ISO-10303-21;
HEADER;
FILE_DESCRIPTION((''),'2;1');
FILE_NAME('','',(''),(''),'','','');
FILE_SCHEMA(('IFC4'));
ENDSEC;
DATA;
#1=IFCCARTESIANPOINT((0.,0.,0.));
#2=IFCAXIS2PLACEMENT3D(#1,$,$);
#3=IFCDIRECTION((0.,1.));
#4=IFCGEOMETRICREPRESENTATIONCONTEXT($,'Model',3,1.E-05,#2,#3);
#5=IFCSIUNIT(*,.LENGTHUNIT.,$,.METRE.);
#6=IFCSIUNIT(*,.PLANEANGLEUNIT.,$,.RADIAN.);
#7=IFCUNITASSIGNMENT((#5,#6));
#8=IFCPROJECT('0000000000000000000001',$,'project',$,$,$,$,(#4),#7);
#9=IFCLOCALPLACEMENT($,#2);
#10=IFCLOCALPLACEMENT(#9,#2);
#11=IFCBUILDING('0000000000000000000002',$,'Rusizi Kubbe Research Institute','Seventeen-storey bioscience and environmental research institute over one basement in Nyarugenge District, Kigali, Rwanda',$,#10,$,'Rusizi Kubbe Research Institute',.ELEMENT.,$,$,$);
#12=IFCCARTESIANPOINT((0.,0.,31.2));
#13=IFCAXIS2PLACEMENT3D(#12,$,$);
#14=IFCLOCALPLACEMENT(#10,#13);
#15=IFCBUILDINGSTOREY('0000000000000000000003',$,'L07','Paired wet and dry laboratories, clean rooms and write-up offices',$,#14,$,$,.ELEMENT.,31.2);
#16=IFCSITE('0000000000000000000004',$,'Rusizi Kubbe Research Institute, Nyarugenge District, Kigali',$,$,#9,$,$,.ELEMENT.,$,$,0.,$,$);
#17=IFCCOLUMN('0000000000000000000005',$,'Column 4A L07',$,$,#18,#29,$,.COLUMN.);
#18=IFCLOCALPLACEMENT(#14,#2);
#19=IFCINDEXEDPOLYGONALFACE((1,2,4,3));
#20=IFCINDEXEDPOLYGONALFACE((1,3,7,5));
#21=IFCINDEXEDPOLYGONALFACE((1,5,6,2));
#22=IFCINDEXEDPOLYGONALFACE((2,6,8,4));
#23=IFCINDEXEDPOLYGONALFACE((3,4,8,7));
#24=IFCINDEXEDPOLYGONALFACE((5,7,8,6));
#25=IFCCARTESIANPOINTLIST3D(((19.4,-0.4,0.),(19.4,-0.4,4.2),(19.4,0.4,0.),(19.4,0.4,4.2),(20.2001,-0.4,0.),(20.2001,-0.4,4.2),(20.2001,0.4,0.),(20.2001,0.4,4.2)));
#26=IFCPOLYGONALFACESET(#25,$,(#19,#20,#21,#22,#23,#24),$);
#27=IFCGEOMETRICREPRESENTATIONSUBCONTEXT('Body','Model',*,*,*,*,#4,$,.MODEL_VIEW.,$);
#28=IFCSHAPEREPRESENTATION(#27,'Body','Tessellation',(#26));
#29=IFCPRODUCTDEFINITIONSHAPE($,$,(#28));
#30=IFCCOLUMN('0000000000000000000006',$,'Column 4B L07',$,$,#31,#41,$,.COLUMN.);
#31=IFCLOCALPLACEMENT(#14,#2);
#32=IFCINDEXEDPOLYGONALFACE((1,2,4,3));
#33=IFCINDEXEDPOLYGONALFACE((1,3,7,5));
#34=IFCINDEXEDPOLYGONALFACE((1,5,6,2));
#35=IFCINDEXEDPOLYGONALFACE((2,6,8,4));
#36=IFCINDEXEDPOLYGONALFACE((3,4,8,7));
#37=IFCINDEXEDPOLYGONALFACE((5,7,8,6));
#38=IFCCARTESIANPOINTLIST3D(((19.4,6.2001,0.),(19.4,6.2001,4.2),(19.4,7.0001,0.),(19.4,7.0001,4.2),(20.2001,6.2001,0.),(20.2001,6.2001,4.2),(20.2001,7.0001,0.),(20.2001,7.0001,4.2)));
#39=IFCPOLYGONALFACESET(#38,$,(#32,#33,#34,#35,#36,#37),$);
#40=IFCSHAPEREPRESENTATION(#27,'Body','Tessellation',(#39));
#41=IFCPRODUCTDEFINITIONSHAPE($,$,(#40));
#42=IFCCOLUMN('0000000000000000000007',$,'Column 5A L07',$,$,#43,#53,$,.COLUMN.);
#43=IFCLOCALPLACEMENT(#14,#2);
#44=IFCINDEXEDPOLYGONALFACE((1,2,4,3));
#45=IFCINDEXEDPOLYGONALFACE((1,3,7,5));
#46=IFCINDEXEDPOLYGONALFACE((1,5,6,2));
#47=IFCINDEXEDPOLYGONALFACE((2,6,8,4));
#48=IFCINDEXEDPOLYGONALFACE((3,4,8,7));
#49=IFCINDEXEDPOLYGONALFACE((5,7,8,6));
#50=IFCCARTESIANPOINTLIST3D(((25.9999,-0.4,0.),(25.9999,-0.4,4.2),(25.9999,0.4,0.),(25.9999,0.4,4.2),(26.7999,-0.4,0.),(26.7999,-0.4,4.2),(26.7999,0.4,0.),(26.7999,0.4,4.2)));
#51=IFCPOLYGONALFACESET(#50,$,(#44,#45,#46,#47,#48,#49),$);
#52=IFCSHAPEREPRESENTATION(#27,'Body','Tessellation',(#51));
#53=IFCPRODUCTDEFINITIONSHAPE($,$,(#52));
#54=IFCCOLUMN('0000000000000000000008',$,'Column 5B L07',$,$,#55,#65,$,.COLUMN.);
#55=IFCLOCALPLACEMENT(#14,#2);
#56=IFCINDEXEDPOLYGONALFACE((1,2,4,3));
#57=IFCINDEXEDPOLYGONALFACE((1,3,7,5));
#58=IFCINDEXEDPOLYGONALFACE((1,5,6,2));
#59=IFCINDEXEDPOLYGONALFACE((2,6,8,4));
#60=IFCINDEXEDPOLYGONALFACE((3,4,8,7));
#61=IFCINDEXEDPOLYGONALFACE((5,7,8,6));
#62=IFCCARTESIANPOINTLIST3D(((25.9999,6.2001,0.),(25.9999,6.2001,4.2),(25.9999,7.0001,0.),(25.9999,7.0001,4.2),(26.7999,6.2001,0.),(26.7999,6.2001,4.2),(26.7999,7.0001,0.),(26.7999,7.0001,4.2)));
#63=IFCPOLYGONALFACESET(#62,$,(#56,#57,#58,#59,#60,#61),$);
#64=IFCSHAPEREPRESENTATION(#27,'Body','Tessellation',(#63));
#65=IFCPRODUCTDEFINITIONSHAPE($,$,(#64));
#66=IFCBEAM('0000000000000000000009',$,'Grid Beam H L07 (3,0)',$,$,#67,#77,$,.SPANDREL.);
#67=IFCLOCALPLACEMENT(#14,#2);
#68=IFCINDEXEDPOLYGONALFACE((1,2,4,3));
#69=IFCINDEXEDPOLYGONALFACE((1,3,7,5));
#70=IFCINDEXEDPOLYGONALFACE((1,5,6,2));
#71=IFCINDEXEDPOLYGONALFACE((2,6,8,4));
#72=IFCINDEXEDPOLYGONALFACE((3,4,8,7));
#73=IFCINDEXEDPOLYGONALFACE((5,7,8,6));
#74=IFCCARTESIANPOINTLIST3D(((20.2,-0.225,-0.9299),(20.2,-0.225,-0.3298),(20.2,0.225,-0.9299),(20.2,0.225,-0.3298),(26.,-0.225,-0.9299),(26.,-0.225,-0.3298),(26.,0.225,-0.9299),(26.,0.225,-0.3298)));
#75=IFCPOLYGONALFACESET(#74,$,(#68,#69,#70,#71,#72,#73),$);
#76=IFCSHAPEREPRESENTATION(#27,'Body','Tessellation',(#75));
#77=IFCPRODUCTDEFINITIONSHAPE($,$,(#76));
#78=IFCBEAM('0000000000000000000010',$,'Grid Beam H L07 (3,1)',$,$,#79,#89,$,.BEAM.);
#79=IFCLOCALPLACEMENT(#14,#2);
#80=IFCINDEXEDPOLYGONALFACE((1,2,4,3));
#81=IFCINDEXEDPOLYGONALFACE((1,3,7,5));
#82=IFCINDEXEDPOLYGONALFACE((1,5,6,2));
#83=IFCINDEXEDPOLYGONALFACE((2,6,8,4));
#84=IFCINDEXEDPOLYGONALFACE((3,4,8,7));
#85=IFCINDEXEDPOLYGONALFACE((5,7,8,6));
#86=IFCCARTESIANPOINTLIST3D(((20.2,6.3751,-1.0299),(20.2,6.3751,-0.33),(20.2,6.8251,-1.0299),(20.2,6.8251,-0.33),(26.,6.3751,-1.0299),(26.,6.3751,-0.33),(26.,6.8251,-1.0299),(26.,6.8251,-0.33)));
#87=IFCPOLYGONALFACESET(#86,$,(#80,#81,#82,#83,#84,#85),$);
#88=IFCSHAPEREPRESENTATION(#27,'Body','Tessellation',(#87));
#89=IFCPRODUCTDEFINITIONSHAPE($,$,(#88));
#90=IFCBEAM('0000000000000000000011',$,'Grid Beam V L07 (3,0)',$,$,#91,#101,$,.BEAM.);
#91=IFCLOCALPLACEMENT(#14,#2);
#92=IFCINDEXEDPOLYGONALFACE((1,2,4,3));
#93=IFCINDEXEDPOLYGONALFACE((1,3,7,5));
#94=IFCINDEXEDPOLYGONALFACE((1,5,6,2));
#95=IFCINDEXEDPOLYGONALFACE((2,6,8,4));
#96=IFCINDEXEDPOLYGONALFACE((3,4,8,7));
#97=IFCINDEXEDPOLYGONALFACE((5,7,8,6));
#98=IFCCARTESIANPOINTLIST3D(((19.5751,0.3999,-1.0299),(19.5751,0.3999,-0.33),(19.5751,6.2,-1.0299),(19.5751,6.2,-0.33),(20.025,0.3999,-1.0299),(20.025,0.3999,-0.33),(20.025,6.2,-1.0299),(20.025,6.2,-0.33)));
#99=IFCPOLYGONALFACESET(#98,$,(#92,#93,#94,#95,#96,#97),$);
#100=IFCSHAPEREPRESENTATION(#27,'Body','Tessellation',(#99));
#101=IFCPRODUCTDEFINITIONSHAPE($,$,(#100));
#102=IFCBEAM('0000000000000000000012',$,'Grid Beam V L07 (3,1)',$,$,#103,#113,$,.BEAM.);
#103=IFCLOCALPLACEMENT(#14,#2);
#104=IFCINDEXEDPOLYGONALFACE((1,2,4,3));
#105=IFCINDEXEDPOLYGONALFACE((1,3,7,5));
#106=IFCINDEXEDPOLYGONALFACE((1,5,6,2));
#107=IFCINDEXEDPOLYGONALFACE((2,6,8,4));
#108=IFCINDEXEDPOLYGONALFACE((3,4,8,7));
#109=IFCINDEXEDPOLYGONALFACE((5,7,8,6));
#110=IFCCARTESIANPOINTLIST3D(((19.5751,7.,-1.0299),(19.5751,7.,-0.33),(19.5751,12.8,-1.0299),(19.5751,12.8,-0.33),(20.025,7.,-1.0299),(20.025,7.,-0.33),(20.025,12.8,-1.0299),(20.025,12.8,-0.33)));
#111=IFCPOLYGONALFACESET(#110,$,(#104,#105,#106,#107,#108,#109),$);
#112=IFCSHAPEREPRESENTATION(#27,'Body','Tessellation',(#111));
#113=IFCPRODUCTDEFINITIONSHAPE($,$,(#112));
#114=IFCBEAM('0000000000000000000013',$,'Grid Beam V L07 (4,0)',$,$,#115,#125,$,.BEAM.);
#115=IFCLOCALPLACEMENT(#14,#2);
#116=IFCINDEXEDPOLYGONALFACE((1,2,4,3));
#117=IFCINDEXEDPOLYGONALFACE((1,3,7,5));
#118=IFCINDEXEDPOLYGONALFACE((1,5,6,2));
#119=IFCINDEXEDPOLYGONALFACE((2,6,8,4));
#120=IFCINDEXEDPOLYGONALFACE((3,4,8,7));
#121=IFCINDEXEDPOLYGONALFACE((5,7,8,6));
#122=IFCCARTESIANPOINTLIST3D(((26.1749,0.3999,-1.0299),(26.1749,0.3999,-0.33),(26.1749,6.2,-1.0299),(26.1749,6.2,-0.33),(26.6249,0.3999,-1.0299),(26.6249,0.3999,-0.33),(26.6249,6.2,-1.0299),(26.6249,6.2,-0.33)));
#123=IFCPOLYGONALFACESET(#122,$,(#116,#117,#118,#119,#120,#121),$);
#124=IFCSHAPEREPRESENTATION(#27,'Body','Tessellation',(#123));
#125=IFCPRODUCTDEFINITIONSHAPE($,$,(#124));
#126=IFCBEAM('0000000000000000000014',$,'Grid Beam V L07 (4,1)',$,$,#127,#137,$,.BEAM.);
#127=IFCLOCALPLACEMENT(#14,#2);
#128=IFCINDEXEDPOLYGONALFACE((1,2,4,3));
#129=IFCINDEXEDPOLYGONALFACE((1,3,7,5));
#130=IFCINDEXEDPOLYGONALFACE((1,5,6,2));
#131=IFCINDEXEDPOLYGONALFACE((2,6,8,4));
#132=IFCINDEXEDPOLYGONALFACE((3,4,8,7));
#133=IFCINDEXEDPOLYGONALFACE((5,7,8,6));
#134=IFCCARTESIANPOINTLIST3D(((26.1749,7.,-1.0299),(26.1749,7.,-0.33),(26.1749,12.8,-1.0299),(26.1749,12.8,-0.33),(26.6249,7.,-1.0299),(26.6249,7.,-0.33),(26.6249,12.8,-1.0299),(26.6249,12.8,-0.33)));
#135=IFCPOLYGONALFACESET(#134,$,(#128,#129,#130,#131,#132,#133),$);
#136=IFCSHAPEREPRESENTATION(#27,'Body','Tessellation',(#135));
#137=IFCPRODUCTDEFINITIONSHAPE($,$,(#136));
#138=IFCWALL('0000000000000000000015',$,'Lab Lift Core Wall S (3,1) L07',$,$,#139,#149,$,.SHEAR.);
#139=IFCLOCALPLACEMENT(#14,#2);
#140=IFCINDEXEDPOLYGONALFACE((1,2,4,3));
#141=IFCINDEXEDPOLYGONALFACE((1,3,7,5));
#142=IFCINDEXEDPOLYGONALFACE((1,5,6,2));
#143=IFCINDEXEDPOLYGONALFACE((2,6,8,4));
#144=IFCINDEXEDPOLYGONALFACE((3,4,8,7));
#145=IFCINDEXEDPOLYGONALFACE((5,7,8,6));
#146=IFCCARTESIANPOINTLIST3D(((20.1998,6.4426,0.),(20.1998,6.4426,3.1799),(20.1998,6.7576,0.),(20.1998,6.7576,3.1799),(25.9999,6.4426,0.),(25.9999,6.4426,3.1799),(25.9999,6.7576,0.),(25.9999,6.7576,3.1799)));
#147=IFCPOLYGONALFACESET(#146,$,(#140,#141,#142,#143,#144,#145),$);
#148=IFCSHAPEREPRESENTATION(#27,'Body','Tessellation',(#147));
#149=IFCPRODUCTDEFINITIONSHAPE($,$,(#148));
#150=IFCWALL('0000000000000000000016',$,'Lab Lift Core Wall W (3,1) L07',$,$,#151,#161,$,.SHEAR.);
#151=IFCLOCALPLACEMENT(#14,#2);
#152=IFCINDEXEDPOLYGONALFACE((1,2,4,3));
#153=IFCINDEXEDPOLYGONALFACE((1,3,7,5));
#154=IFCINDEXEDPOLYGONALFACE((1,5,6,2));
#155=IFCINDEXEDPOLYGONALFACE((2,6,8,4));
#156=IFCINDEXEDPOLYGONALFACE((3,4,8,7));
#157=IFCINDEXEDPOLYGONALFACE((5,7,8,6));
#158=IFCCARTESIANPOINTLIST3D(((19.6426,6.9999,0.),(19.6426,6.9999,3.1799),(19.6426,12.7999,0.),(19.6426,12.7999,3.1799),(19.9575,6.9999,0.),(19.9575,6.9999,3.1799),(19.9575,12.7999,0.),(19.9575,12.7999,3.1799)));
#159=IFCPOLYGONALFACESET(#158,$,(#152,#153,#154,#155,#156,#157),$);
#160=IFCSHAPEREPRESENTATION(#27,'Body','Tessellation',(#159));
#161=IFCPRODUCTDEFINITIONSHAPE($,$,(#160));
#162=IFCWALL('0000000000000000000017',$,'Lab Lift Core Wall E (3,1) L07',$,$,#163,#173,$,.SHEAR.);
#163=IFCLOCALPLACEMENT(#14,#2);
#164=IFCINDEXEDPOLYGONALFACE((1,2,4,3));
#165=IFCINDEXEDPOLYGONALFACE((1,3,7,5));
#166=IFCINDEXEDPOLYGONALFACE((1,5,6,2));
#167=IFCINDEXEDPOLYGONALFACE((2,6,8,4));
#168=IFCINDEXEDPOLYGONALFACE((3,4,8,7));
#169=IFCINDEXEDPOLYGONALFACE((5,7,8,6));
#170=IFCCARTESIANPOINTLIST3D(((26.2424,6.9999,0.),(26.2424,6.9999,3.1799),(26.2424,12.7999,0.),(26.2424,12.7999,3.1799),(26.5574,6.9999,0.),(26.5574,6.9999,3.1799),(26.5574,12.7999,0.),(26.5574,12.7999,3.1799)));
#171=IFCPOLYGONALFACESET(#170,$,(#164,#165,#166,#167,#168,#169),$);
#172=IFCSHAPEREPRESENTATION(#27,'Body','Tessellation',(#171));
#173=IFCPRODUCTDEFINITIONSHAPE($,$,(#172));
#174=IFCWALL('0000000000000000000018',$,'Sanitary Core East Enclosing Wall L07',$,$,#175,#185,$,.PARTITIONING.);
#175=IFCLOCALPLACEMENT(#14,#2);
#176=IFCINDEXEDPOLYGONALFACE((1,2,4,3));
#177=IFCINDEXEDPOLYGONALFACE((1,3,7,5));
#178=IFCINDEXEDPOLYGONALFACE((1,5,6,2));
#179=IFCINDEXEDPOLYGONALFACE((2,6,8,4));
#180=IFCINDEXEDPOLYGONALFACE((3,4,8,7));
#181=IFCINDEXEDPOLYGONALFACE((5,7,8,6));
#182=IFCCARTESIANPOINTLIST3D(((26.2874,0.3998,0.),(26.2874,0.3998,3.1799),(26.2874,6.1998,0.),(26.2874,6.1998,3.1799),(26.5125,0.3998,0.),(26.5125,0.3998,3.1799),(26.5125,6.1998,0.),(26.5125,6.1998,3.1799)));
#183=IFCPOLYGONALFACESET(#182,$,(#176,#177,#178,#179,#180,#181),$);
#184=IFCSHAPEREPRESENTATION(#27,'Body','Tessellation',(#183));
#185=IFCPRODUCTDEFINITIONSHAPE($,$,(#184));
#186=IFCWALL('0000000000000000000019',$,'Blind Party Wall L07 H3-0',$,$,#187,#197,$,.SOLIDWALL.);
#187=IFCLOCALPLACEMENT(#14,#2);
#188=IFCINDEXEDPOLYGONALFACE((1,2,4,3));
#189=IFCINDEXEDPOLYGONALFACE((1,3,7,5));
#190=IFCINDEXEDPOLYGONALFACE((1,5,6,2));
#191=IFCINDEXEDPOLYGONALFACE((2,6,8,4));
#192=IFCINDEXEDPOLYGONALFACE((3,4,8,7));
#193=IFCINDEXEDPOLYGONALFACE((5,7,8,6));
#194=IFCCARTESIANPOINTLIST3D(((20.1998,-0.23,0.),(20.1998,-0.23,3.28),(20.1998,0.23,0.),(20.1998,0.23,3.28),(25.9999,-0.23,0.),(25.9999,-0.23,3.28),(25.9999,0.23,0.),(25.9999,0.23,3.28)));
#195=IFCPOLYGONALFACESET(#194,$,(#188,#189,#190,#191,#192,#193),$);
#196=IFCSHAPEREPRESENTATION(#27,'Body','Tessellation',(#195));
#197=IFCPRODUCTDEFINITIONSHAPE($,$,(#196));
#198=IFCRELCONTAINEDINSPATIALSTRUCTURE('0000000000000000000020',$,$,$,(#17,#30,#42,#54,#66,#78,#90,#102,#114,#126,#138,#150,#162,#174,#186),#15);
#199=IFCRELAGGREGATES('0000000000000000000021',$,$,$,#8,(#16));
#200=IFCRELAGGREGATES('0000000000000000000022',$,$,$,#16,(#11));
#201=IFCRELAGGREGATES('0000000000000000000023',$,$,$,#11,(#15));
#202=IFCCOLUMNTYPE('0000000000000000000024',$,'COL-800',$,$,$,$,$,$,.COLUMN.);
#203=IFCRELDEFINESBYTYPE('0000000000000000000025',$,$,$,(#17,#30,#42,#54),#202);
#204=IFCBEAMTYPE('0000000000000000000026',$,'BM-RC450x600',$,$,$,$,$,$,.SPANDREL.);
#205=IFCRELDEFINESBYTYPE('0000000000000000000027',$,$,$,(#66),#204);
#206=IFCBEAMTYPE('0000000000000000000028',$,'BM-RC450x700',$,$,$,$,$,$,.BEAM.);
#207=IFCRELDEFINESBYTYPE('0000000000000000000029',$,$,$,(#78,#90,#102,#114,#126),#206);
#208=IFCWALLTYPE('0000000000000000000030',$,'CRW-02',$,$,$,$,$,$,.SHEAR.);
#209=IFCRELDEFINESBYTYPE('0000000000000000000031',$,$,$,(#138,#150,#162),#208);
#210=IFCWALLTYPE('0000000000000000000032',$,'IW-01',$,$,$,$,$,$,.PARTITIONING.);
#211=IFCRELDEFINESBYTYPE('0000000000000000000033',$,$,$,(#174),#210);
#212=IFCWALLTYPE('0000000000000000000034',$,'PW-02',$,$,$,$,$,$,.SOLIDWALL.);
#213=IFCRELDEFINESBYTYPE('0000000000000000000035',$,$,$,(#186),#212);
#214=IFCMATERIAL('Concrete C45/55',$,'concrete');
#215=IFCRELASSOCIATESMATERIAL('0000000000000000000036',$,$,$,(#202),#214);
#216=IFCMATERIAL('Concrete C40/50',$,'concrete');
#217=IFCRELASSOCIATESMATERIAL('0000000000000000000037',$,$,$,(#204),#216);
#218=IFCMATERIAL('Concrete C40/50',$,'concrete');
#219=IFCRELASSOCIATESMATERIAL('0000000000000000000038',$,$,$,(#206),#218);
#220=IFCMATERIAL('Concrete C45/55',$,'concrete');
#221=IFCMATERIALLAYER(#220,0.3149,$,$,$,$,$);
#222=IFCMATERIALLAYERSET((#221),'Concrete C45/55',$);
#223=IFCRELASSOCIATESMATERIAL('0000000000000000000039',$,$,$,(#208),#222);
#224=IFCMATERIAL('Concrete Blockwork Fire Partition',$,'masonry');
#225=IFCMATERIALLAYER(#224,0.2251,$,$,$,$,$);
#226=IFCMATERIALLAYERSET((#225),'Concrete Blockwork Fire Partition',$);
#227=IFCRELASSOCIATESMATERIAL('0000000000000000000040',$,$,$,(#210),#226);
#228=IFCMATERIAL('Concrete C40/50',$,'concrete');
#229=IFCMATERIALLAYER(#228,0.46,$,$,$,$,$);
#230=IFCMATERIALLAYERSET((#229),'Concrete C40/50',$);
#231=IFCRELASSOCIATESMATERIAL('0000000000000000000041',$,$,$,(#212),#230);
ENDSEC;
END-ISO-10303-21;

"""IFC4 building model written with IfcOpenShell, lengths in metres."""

from ifc_helpers import new_model, si_unit, direction, frame, frame_2d, origin, origin_2d, place, context, subcontext, project, spatial, rectangle, extrude, material, layer, layer_set, material_profile, profile_set, type_object, element, save


model = new_model("IFC4")

# Units and contexts
model_context = context("Model", 3, precision=1e-05, world=origin(), true_north=direction((0.0, 1.0)))
body_context = subcontext(model_context, "Body", "Model", "MODEL_VIEW")
ifc_project = project(units=[si_unit("LENGTHUNIT", "METRE"), si_unit("PLANEANGLEUNIT", "RADIAN")], contexts=[model_context])

# Site, building, storey
site_placement = place(None, origin())
site = spatial("IfcSite", under=ifc_project, at=site_placement, Name="Rusizi Kubbe Research Institute, Nyarugenge District, Kigali", CompositionType="ELEMENT", RefElevation=0.0)
building_placement = place(site_placement, origin())
building = spatial("IfcBuilding", under=site, at=building_placement, Name="Rusizi Kubbe Research Institute", Description="Seventeen-storey bioscience and environmental research institute over one basement in Nyarugenge District, Kigali, Rwanda", LongName="Rusizi Kubbe Research Institute", CompositionType="ELEMENT")
storey_placement = place(building_placement, frame((0.0, 0.0, 31.2)))
storey = spatial("IfcBuildingStorey", under=building, at=storey_placement, Name="L07", Description="Paired wet and dry laboratories, clean rooms and write-up offices", CompositionType="ELEMENT", Elevation=31.2)

# Columns
ifc_material_1 = material(Name="Concrete C45/55", Category="concrete")
ifc_material_profile_1 = material_profile(ifc_material_1, rectangle(XDim=0.8, YDim=0.8, at=origin_2d()), Name="RC800x800")
ifc_profile_set_1 = profile_set([ifc_material_profile_1], Name="Concrete C45/55")
column_type = type_object("IfcColumnType", Name="COL-800", PredefinedType="COLUMN", material=ifc_profile_set_1)
for number, where, z_axis, x_axis, name in (
    (1, (19.8, 0.0, 0.0), (0.0, 0.0, 1.0), (1.0, 0.0, 0.0), "Column 4A L07"),
    (2, (19.8, 6.6001, 0.0), (0.0, 0.0, 1.0), (1.0, 0.0, 0.0), "Column 4B L07"),
    (3, (26.3999, 0.0, 0.0), (0.0, 0.0, 1.0), (1.0, 0.0, 0.0), "Column 5A L07"),
    (4, (26.3999, 6.6001, 0.0), (0.0, 0.0, 1.0), (1.0, 0.0, 0.0), "Column 5B L07"),
):
    element("IfcColumn", number, at=place(storey_placement, frame(where, z_axis=z_axis, x_axis=x_axis)), inside=storey, type_object=column_type, Name=name, PredefinedType="COLUMN", context=body_context, shape_type="SweptSolid", body=[
        extrude(rectangle(XDim=0.8, YDim=0.8, at=origin_2d()), origin(), (0.0, 0.0, 1.0), 4.2),
    ])

# Beams
ifc_material_2 = material(Name="Concrete C40/50", Category="concrete")
ifc_material_profile_2 = material_profile(ifc_material_2, rectangle(XDim=0.45, YDim=0.6001, at=origin_2d()), Name="RC450x600")
ifc_profile_set_2 = profile_set([ifc_material_profile_2], Name="Concrete C40/50")
beam_type_1 = type_object("IfcBeamType", Name="BM-RC450x600", PredefinedType="SPANDREL", material=ifc_profile_set_2)
beam_placement = place(storey_placement, frame((20.2, 0.0, -0.6299), z_axis=(1.0, 0.0, 0.0), x_axis=(0.0, 1.0, 0.0)))
element("IfcBeam", 5, at=beam_placement, inside=storey, type_object=beam_type_1, Name="Grid Beam H L07 (3,0)", PredefinedType="SPANDREL", context=body_context, shape_type="SweptSolid", body=[
    extrude(rectangle(XDim=0.45, YDim=0.6001, at=origin_2d()), origin(), (0.0, 0.0, 1.0), 5.8),
])
ifc_material_3 = material(Name="Concrete C40/50", Category="concrete")
ifc_material_profile_3 = material_profile(ifc_material_3, rectangle(XDim=0.45, YDim=0.7, at=origin_2d()), Name="RC450x700B")
ifc_profile_set_3 = profile_set([ifc_material_profile_3], Name="Concrete C40/50")
beam_type_2 = type_object("IfcBeamType", Name="BM-RC450x700", PredefinedType="BEAM", material=ifc_profile_set_3)
for number, where, z_axis, x_axis, name in (
    (6, (20.2, 6.6001, -0.6799), (1.0, 0.0, 0.0), (0.0, 1.0, 0.0), "Grid Beam H L07 (3,1)"),
    (7, (19.8, 0.3999, -0.6799), (0.0, 1.0, 0.0), (-1.0, 0.0, 0.0), "Grid Beam V L07 (3,0)"),
    (8, (19.8, 7.0, -0.6799), (0.0, 1.0, 0.0), (-1.0, 0.0, 0.0), "Grid Beam V L07 (3,1)"),
    (9, (26.3999, 0.3999, -0.6799), (0.0, 1.0, 0.0), (-1.0, 0.0, 0.0), "Grid Beam V L07 (4,0)"),
    (10, (26.3999, 7.0, -0.6799), (0.0, 1.0, 0.0), (-1.0, 0.0, 0.0), "Grid Beam V L07 (4,1)"),
):
    element("IfcBeam", number, at=place(storey_placement, frame(where, z_axis=z_axis, x_axis=x_axis)), inside=storey, type_object=beam_type_2, Name=name, PredefinedType="BEAM", context=body_context, shape_type="SweptSolid", body=[
        extrude(rectangle(XDim=0.45, YDim=0.7, at=origin_2d()), origin(), (0.0, 0.0, 1.0), 5.8),
    ])

# Walls
ifc_material_4 = material(Name="Concrete C45/55", Category="concrete")
ifc_layer_1 = layer(ifc_material_4, 0.3149)
ifc_layer_set_1 = layer_set([ifc_layer_1], Name="Concrete C45/55")
wall_type_1 = type_object("IfcWallType", Name="CRW-02", PredefinedType="SHEAR", material=ifc_layer_set_1)
for number, where, z_axis, x_axis, name in (
    (11, (20.2, 6.6001, 0.0), (0.0, 0.0, 1.0), (1.0, 0.0, 0.0), "Lab Lift Core Wall S (3,1) L07"),
    (12, (19.8, 7.0, 0.0), (0.0, 0.0, 1.0), (0.0, 1.0, 0.0), "Lab Lift Core Wall W (3,1) L07"),
    (13, (26.3999, 7.0, 0.0), (0.0, 0.0, 1.0), (0.0, 1.0, 0.0), "Lab Lift Core Wall E (3,1) L07"),
):
    element("IfcWall", number, at=place(storey_placement, frame(where, z_axis=z_axis, x_axis=x_axis)), inside=storey, type_object=wall_type_1, Name=name, PredefinedType="SHEAR", context=body_context, shape_type="SweptSolid", body=[
        extrude(rectangle(XDim=5.8, YDim=0.3149, at=frame_2d((2.8999, 0.0))), origin(), (0.0, 0.0, 1.0), 3.1799),
    ])

# Walls
ifc_material_5 = material(Name="Concrete Blockwork Fire Partition", Category="masonry")
ifc_layer_2 = layer(ifc_material_5, 0.2251)
ifc_layer_set_2 = layer_set([ifc_layer_2], Name="Concrete Blockwork Fire Partition")
wall_type_2 = type_object("IfcWallType", Name="IW-01", PredefinedType="PARTITIONING", material=ifc_layer_set_2)
wall_1_placement = place(storey_placement, frame((26.3999, 0.3999, 0.0), z_axis=(0.0, 0.0, 1.0), x_axis=(0.0, 1.0, 0.0)))
element("IfcWall", 14, at=wall_1_placement, inside=storey, type_object=wall_type_2, Name="Sanitary Core East Enclosing Wall L07", PredefinedType="PARTITIONING", context=body_context, shape_type="SweptSolid", body=[
    extrude(rectangle(XDim=5.8, YDim=0.2251, at=frame_2d((2.8999, 0.0))), origin(), (0.0, 0.0, 1.0), 3.1799),
])
ifc_material_6 = material(Name="Concrete C40/50", Category="concrete")
ifc_layer_3 = layer(ifc_material_6, 0.46)
ifc_layer_set_3 = layer_set([ifc_layer_3], Name="Concrete C40/50")
wall_type_3 = type_object("IfcWallType", Name="PW-02", PredefinedType="SOLIDWALL", material=ifc_layer_set_3)
wall_2_placement = place(storey_placement, frame((20.2, 0.0, 0.0), z_axis=(0.0, 0.0, 1.0), x_axis=(1.0, 0.0, 0.0)))
element("IfcWall", 15, at=wall_2_placement, inside=storey, type_object=wall_type_3, Name="Blind Party Wall L07 H3-0", PredefinedType="SOLIDWALL", context=body_context, shape_type="SweptSolid", body=[
    extrude(rectangle(XDim=5.8, YDim=0.46, at=frame_2d((2.8999, 0.0))), origin(), (0.0, 0.0, 1.0), 3.28),
])

save(model, "model.ifc")
